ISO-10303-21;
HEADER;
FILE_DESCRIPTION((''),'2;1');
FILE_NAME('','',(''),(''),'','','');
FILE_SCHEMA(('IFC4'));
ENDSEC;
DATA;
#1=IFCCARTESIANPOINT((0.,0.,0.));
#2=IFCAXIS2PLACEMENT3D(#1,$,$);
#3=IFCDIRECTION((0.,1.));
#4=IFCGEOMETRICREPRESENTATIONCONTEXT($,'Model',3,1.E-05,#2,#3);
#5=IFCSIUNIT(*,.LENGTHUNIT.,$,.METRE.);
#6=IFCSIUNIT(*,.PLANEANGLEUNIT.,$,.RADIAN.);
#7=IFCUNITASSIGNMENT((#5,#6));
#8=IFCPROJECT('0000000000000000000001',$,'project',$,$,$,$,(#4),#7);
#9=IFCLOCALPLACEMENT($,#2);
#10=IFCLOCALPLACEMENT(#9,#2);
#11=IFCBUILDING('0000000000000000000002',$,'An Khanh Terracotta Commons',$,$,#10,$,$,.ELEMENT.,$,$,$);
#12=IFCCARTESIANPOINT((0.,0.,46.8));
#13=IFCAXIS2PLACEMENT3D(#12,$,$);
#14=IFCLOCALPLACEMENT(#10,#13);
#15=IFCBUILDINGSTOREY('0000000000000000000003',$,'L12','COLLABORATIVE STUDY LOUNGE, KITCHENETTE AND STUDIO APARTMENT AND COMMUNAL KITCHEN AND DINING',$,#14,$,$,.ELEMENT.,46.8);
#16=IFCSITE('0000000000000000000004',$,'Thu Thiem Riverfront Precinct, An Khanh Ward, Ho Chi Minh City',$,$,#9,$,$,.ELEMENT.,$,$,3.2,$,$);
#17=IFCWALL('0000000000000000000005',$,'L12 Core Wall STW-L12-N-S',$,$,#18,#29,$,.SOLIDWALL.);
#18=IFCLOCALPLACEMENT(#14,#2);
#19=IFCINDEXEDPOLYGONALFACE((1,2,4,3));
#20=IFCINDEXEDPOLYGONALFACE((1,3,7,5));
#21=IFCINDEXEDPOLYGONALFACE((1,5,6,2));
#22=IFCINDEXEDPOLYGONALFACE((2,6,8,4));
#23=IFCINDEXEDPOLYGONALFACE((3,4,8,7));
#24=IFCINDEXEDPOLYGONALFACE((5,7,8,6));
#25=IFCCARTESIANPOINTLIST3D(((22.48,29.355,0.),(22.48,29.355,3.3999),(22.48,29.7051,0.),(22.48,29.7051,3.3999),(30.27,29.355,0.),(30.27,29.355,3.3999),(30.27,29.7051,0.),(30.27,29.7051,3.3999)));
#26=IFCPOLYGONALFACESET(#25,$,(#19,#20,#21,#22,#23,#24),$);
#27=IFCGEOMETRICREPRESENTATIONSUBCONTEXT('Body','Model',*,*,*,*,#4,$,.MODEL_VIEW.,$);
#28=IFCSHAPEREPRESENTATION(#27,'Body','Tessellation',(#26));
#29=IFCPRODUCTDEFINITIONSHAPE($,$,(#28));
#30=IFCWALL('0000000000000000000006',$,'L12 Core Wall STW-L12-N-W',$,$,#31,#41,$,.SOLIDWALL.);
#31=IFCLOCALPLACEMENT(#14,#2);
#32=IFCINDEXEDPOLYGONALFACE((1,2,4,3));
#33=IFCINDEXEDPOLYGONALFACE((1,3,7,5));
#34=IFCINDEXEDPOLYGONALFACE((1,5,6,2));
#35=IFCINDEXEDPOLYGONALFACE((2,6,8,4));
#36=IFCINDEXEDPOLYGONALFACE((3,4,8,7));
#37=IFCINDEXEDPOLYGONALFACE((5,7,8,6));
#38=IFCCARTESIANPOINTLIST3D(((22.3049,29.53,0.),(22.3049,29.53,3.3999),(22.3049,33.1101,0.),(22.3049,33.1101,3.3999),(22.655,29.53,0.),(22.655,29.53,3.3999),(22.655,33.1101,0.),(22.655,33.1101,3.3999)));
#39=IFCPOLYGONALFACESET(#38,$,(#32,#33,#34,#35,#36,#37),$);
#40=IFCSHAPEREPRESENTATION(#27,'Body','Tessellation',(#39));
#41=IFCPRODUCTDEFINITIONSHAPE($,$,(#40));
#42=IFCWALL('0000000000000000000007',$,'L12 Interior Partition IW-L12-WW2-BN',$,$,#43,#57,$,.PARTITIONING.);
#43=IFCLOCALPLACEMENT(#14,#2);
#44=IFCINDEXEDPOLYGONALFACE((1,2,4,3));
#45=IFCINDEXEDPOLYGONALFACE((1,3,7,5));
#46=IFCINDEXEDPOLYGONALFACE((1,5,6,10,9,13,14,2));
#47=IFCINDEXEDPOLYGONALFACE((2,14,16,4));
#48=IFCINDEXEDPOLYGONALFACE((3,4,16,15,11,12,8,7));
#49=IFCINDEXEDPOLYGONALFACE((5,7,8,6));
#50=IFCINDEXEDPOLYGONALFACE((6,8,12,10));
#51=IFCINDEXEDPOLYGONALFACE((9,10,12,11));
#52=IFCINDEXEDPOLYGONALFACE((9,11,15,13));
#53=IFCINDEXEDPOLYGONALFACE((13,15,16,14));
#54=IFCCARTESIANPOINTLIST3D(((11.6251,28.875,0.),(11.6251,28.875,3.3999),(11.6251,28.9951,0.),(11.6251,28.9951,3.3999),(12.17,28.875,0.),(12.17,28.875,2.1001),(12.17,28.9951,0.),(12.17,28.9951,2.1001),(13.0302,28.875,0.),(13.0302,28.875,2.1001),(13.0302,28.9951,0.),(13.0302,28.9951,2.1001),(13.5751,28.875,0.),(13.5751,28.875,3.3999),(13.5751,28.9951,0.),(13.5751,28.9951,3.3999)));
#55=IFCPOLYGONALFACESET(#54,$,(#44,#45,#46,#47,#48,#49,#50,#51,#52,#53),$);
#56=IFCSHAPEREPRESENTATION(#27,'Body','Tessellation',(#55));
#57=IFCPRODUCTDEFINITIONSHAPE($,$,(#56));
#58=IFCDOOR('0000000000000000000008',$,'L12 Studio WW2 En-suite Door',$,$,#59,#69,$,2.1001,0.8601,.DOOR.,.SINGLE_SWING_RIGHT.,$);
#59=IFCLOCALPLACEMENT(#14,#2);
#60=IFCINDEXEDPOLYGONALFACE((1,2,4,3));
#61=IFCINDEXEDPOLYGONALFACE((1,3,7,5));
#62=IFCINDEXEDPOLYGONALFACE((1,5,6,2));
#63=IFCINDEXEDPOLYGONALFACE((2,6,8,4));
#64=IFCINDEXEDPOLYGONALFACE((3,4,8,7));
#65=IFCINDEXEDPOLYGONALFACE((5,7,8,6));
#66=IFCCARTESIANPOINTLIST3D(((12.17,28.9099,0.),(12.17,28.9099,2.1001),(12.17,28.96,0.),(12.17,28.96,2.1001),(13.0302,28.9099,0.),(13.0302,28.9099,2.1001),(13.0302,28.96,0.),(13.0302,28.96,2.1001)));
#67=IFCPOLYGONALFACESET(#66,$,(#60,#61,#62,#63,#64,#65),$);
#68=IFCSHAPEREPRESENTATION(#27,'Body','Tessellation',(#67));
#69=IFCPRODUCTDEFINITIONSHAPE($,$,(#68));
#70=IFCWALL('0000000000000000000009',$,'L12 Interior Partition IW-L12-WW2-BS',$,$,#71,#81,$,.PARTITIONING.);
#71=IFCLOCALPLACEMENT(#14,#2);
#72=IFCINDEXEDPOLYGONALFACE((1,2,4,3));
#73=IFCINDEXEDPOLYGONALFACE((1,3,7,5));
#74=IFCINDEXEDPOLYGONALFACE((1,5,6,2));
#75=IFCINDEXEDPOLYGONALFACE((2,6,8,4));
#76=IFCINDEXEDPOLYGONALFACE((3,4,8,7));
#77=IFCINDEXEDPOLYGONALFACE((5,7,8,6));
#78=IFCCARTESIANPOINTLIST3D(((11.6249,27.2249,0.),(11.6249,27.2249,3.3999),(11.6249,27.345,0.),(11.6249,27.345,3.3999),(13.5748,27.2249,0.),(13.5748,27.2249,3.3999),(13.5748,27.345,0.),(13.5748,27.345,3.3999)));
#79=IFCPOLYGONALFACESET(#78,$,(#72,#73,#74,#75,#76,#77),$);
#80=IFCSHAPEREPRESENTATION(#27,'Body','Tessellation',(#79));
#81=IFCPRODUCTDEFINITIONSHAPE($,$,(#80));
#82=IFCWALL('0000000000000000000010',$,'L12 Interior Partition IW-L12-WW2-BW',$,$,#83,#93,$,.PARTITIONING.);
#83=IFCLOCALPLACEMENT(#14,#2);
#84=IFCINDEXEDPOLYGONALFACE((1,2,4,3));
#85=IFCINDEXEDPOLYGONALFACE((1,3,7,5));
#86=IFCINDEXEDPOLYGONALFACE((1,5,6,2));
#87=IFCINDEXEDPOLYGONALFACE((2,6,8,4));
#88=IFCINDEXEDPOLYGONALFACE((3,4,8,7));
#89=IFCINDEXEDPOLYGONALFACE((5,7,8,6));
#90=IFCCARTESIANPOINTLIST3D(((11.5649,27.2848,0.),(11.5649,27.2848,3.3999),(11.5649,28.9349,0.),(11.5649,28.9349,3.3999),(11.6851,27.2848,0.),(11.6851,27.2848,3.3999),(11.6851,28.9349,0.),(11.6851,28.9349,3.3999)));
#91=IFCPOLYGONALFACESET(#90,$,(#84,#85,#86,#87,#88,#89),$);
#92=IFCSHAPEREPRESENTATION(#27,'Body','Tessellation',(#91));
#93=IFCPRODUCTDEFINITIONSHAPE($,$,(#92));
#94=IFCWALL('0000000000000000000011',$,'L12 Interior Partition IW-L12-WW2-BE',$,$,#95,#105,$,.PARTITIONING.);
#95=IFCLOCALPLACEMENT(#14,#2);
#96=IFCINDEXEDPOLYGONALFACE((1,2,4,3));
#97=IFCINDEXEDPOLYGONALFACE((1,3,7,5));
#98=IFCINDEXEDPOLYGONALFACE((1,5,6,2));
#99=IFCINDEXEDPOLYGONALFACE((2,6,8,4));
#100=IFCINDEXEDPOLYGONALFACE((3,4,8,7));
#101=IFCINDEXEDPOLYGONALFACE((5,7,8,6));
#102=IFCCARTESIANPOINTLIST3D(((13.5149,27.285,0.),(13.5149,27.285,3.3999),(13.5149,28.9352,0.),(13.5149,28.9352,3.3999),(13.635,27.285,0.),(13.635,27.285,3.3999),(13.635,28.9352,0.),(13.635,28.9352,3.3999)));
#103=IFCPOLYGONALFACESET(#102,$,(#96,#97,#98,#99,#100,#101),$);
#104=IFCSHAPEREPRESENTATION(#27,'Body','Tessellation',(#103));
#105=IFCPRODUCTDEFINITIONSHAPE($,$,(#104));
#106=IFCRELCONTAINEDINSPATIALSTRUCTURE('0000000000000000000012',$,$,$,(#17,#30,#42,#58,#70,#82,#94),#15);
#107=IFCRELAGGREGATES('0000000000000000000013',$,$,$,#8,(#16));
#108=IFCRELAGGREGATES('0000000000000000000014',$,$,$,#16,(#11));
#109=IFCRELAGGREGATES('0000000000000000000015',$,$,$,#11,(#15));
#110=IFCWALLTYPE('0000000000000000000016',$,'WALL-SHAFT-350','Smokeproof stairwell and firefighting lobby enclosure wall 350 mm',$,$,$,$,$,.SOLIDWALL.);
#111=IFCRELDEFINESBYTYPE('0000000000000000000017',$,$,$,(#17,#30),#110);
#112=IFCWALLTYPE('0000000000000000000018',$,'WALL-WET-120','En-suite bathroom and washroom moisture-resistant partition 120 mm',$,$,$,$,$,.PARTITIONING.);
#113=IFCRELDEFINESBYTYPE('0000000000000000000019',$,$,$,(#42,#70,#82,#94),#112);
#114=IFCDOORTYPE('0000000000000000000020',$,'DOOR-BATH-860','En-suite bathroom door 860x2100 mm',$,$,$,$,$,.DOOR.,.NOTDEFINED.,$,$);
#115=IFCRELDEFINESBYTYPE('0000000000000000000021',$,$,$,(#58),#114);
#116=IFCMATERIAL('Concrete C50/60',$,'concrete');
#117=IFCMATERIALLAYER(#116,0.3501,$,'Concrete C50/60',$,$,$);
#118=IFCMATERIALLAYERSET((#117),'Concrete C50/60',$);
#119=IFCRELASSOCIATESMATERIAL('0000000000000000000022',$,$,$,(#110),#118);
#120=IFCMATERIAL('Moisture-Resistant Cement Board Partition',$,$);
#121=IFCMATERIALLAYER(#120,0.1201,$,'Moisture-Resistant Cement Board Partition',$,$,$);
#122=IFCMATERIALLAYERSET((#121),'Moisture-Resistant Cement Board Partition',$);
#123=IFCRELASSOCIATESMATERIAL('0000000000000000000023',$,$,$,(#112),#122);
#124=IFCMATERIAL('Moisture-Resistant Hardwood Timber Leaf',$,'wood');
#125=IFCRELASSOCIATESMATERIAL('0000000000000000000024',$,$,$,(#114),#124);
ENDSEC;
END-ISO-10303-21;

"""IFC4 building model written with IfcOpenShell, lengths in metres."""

from ifc_helpers import new_model, si_unit, direction, frame, frame_2d, origin, place, context, subcontext, project, spatial, rectangle, extrude, material, layer, layer_set, type_object, element, fill, save


model = new_model("IFC4")

# Units and contexts
model_context = context("Model", 3, precision=1e-05, world=origin(), true_north=direction((0.0, 1.0)))
body_context = subcontext(model_context, "Body", "Model", "MODEL_VIEW")
ifc_project = project(units=[si_unit("LENGTHUNIT", "METRE"), si_unit("PLANEANGLEUNIT", "RADIAN")], contexts=[model_context])

# Site, building, storey
site_placement = place(None, origin())
site = spatial("IfcSite", under=ifc_project, at=site_placement, Name="Thu Thiem Riverfront Precinct, An Khanh Ward, Ho Chi Minh City", CompositionType="ELEMENT", RefElevation=3.2)
building_placement = place(site_placement, origin())
building = spatial("IfcBuilding", under=site, at=building_placement, Name="An Khanh Terracotta Commons", CompositionType="ELEMENT")
storey_placement = place(building_placement, frame((0.0, 0.0, 46.8)))
storey = spatial("IfcBuildingStorey", under=building, at=storey_placement, Name="L12", Description="COLLABORATIVE STUDY LOUNGE, KITCHENETTE AND STUDIO APARTMENT AND COMMUNAL KITCHEN AND DINING", CompositionType="ELEMENT", Elevation=46.8)

# Walls
ifc_material_1 = material(Name="Concrete C50/60", Category="concrete")
ifc_layer_1 = layer(ifc_material_1, 0.3501, Name="Concrete C50/60")
ifc_layer_set_1 = layer_set([ifc_layer_1], Name="Concrete C50/60")
wall_type_1 = type_object("IfcWallType", Name="WALL-SHAFT-350", Description="Smokeproof stairwell and firefighting lobby enclosure wall 350 mm", PredefinedType="SOLIDWALL", material=ifc_layer_set_1)
wall_1_placement = place(storey_placement, frame((22.48, 29.53, 0.0), z_axis=(0.0, 0.0, 1.0), x_axis=(1.0, 0.0, 0.0)))
element("IfcWall", 1, at=wall_1_placement, inside=storey, type_object=wall_type_1, Name="L12 Core Wall STW-L12-N-S", PredefinedType="SOLIDWALL", context=body_context, shape_type="SweptSolid", body=[
    extrude(rectangle(XDim=7.79, YDim=0.3501, at=frame_2d((3.895, 0.0))), origin(), (0.0, 0.0, 1.0), 3.3999),
])
wall_2_placement = place(storey_placement, frame((22.48, 29.53, 0.0), z_axis=(0.0, 0.0, 1.0), x_axis=(0.0, 1.0, 0.0)))
element("IfcWall", 2, at=wall_2_placement, inside=storey, type_object=wall_type_1, Name="L12 Core Wall STW-L12-N-W", PredefinedType="SOLIDWALL", context=body_context, shape_type="SweptSolid", body=[
    extrude(rectangle(XDim=3.5801, YDim=0.3501, at=frame_2d((1.79, 0.0))), origin(), (0.0, 0.0, 1.0), 3.3999),
])

# Wall, opening, door
ifc_material_2 = material(Name="Moisture-Resistant Cement Board Partition")
ifc_layer_2 = layer(ifc_material_2, 0.1201, Name="Moisture-Resistant Cement Board Partition")
ifc_layer_set_2 = layer_set([ifc_layer_2], Name="Moisture-Resistant Cement Board Partition")
wall_type_2 = type_object("IfcWallType", Name="WALL-WET-120", Description="En-suite bathroom and washroom moisture-resistant partition 120 mm", PredefinedType="PARTITIONING", material=ifc_layer_set_2)
wall_3_placement = place(storey_placement, frame((11.625, 28.9351, 0.0), z_axis=(0.0, 0.0, 1.0), x_axis=(1.0, 0.0, 0.0)))
wall_3 = element("IfcWall", 3, at=wall_3_placement, inside=storey, type_object=wall_type_2, Name="L12 Interior Partition IW-L12-WW2-BN", PredefinedType="PARTITIONING", context=body_context, shape_type="SweptSolid", body=[
    extrude(rectangle(XDim=1.95, YDim=0.1201, at=frame_2d((0.9751, 0.0))), origin(), (0.0, 0.0, 1.0), 3.3999),
])
opening_1_placement = place(wall_3_placement, frame((0.5449, 0.0, 0.0)))
opening_1 = element("IfcOpeningElement", 4, at=opening_1_placement, cuts=wall_3, PredefinedType="OPENING", context=body_context, shape_type="SweptSolid", body=[
    extrude(rectangle(XDim=0.8601, YDim=2.1001, at=frame_2d((0.4302, 1.05))), frame((0.0, 0.0701, 0.0), z_axis=(0.0, -1.0, 0.0), x_axis=(1.0, 0.0, 0.0)), (0.0, 0.0, 1.0), 0.1401),
])
ifc_material_3 = material(Name="Moisture-Resistant Hardwood Timber Leaf", Category="wood")
door_type_1 = type_object("IfcDoorType", Name="DOOR-BATH-860", Description="En-suite bathroom door 860x2100 mm", OperationType="NOTDEFINED", PredefinedType="DOOR", material=ifc_material_3)
door_1_placement = place(opening_1_placement, origin())
door_1 = element("IfcDoor", 5, at=door_1_placement, inside=storey, type_object=door_type_1, Name="L12 Studio WW2 En-suite Door", OperationType="SINGLE_SWING_RIGHT", OverallHeight=2.1001, OverallWidth=0.8601, PredefinedType="DOOR", context=body_context, shape_type="SweptSolid", body=[
    extrude(rectangle(XDim=0.8601, YDim=2.1001, at=frame_2d((0.4302, 1.05))), frame((0.0, 0.0249, 0.0), z_axis=(0.0, -1.0, 0.0), x_axis=(1.0, 0.0, 0.0)), (0.0, 0.0, 1.0), 0.05),
])
fill(opening_1, door_1)

# Walls
wall_4_placement = place(storey_placement, frame((13.575, 27.2849, 0.0), z_axis=(0.0, 0.0, 1.0), x_axis=(-1.0, 0.0, 0.0)))
element("IfcWall", 6, at=wall_4_placement, inside=storey, type_object=wall_type_2, Name="L12 Interior Partition IW-L12-WW2-BS", PredefinedType="PARTITIONING", context=body_context, shape_type="SweptSolid", body=[
    extrude(rectangle(XDim=1.95, YDim=0.1201, at=frame_2d((0.9751, 0.0))), origin(), (0.0, 0.0, 1.0), 3.3999),
])
for number, where, z_axis, x_axis, name in (
    (7, (11.625, 28.9351, 0.0), (0.0, 0.0, 1.0), (0.0, -1.0, 0.0), "L12 Interior Partition IW-L12-WW2-BW"),
    (8, (13.575, 27.2849, 0.0), (0.0, 0.0, 1.0), (0.0, 1.0, 0.0), "L12 Interior Partition IW-L12-WW2-BE"),
):
    element("IfcWall", number, at=place(storey_placement, frame(where, z_axis=z_axis, x_axis=x_axis)), inside=storey, type_object=wall_type_2, Name=name, PredefinedType="PARTITIONING", context=body_context, shape_type="SweptSolid", body=[
        extrude(rectangle(XDim=1.6501, YDim=0.1201, at=frame_2d((0.8252, 0.0))), origin(), (0.0, 0.0, 1.0), 3.3999),
    ])

save(model, "model.ifc")
